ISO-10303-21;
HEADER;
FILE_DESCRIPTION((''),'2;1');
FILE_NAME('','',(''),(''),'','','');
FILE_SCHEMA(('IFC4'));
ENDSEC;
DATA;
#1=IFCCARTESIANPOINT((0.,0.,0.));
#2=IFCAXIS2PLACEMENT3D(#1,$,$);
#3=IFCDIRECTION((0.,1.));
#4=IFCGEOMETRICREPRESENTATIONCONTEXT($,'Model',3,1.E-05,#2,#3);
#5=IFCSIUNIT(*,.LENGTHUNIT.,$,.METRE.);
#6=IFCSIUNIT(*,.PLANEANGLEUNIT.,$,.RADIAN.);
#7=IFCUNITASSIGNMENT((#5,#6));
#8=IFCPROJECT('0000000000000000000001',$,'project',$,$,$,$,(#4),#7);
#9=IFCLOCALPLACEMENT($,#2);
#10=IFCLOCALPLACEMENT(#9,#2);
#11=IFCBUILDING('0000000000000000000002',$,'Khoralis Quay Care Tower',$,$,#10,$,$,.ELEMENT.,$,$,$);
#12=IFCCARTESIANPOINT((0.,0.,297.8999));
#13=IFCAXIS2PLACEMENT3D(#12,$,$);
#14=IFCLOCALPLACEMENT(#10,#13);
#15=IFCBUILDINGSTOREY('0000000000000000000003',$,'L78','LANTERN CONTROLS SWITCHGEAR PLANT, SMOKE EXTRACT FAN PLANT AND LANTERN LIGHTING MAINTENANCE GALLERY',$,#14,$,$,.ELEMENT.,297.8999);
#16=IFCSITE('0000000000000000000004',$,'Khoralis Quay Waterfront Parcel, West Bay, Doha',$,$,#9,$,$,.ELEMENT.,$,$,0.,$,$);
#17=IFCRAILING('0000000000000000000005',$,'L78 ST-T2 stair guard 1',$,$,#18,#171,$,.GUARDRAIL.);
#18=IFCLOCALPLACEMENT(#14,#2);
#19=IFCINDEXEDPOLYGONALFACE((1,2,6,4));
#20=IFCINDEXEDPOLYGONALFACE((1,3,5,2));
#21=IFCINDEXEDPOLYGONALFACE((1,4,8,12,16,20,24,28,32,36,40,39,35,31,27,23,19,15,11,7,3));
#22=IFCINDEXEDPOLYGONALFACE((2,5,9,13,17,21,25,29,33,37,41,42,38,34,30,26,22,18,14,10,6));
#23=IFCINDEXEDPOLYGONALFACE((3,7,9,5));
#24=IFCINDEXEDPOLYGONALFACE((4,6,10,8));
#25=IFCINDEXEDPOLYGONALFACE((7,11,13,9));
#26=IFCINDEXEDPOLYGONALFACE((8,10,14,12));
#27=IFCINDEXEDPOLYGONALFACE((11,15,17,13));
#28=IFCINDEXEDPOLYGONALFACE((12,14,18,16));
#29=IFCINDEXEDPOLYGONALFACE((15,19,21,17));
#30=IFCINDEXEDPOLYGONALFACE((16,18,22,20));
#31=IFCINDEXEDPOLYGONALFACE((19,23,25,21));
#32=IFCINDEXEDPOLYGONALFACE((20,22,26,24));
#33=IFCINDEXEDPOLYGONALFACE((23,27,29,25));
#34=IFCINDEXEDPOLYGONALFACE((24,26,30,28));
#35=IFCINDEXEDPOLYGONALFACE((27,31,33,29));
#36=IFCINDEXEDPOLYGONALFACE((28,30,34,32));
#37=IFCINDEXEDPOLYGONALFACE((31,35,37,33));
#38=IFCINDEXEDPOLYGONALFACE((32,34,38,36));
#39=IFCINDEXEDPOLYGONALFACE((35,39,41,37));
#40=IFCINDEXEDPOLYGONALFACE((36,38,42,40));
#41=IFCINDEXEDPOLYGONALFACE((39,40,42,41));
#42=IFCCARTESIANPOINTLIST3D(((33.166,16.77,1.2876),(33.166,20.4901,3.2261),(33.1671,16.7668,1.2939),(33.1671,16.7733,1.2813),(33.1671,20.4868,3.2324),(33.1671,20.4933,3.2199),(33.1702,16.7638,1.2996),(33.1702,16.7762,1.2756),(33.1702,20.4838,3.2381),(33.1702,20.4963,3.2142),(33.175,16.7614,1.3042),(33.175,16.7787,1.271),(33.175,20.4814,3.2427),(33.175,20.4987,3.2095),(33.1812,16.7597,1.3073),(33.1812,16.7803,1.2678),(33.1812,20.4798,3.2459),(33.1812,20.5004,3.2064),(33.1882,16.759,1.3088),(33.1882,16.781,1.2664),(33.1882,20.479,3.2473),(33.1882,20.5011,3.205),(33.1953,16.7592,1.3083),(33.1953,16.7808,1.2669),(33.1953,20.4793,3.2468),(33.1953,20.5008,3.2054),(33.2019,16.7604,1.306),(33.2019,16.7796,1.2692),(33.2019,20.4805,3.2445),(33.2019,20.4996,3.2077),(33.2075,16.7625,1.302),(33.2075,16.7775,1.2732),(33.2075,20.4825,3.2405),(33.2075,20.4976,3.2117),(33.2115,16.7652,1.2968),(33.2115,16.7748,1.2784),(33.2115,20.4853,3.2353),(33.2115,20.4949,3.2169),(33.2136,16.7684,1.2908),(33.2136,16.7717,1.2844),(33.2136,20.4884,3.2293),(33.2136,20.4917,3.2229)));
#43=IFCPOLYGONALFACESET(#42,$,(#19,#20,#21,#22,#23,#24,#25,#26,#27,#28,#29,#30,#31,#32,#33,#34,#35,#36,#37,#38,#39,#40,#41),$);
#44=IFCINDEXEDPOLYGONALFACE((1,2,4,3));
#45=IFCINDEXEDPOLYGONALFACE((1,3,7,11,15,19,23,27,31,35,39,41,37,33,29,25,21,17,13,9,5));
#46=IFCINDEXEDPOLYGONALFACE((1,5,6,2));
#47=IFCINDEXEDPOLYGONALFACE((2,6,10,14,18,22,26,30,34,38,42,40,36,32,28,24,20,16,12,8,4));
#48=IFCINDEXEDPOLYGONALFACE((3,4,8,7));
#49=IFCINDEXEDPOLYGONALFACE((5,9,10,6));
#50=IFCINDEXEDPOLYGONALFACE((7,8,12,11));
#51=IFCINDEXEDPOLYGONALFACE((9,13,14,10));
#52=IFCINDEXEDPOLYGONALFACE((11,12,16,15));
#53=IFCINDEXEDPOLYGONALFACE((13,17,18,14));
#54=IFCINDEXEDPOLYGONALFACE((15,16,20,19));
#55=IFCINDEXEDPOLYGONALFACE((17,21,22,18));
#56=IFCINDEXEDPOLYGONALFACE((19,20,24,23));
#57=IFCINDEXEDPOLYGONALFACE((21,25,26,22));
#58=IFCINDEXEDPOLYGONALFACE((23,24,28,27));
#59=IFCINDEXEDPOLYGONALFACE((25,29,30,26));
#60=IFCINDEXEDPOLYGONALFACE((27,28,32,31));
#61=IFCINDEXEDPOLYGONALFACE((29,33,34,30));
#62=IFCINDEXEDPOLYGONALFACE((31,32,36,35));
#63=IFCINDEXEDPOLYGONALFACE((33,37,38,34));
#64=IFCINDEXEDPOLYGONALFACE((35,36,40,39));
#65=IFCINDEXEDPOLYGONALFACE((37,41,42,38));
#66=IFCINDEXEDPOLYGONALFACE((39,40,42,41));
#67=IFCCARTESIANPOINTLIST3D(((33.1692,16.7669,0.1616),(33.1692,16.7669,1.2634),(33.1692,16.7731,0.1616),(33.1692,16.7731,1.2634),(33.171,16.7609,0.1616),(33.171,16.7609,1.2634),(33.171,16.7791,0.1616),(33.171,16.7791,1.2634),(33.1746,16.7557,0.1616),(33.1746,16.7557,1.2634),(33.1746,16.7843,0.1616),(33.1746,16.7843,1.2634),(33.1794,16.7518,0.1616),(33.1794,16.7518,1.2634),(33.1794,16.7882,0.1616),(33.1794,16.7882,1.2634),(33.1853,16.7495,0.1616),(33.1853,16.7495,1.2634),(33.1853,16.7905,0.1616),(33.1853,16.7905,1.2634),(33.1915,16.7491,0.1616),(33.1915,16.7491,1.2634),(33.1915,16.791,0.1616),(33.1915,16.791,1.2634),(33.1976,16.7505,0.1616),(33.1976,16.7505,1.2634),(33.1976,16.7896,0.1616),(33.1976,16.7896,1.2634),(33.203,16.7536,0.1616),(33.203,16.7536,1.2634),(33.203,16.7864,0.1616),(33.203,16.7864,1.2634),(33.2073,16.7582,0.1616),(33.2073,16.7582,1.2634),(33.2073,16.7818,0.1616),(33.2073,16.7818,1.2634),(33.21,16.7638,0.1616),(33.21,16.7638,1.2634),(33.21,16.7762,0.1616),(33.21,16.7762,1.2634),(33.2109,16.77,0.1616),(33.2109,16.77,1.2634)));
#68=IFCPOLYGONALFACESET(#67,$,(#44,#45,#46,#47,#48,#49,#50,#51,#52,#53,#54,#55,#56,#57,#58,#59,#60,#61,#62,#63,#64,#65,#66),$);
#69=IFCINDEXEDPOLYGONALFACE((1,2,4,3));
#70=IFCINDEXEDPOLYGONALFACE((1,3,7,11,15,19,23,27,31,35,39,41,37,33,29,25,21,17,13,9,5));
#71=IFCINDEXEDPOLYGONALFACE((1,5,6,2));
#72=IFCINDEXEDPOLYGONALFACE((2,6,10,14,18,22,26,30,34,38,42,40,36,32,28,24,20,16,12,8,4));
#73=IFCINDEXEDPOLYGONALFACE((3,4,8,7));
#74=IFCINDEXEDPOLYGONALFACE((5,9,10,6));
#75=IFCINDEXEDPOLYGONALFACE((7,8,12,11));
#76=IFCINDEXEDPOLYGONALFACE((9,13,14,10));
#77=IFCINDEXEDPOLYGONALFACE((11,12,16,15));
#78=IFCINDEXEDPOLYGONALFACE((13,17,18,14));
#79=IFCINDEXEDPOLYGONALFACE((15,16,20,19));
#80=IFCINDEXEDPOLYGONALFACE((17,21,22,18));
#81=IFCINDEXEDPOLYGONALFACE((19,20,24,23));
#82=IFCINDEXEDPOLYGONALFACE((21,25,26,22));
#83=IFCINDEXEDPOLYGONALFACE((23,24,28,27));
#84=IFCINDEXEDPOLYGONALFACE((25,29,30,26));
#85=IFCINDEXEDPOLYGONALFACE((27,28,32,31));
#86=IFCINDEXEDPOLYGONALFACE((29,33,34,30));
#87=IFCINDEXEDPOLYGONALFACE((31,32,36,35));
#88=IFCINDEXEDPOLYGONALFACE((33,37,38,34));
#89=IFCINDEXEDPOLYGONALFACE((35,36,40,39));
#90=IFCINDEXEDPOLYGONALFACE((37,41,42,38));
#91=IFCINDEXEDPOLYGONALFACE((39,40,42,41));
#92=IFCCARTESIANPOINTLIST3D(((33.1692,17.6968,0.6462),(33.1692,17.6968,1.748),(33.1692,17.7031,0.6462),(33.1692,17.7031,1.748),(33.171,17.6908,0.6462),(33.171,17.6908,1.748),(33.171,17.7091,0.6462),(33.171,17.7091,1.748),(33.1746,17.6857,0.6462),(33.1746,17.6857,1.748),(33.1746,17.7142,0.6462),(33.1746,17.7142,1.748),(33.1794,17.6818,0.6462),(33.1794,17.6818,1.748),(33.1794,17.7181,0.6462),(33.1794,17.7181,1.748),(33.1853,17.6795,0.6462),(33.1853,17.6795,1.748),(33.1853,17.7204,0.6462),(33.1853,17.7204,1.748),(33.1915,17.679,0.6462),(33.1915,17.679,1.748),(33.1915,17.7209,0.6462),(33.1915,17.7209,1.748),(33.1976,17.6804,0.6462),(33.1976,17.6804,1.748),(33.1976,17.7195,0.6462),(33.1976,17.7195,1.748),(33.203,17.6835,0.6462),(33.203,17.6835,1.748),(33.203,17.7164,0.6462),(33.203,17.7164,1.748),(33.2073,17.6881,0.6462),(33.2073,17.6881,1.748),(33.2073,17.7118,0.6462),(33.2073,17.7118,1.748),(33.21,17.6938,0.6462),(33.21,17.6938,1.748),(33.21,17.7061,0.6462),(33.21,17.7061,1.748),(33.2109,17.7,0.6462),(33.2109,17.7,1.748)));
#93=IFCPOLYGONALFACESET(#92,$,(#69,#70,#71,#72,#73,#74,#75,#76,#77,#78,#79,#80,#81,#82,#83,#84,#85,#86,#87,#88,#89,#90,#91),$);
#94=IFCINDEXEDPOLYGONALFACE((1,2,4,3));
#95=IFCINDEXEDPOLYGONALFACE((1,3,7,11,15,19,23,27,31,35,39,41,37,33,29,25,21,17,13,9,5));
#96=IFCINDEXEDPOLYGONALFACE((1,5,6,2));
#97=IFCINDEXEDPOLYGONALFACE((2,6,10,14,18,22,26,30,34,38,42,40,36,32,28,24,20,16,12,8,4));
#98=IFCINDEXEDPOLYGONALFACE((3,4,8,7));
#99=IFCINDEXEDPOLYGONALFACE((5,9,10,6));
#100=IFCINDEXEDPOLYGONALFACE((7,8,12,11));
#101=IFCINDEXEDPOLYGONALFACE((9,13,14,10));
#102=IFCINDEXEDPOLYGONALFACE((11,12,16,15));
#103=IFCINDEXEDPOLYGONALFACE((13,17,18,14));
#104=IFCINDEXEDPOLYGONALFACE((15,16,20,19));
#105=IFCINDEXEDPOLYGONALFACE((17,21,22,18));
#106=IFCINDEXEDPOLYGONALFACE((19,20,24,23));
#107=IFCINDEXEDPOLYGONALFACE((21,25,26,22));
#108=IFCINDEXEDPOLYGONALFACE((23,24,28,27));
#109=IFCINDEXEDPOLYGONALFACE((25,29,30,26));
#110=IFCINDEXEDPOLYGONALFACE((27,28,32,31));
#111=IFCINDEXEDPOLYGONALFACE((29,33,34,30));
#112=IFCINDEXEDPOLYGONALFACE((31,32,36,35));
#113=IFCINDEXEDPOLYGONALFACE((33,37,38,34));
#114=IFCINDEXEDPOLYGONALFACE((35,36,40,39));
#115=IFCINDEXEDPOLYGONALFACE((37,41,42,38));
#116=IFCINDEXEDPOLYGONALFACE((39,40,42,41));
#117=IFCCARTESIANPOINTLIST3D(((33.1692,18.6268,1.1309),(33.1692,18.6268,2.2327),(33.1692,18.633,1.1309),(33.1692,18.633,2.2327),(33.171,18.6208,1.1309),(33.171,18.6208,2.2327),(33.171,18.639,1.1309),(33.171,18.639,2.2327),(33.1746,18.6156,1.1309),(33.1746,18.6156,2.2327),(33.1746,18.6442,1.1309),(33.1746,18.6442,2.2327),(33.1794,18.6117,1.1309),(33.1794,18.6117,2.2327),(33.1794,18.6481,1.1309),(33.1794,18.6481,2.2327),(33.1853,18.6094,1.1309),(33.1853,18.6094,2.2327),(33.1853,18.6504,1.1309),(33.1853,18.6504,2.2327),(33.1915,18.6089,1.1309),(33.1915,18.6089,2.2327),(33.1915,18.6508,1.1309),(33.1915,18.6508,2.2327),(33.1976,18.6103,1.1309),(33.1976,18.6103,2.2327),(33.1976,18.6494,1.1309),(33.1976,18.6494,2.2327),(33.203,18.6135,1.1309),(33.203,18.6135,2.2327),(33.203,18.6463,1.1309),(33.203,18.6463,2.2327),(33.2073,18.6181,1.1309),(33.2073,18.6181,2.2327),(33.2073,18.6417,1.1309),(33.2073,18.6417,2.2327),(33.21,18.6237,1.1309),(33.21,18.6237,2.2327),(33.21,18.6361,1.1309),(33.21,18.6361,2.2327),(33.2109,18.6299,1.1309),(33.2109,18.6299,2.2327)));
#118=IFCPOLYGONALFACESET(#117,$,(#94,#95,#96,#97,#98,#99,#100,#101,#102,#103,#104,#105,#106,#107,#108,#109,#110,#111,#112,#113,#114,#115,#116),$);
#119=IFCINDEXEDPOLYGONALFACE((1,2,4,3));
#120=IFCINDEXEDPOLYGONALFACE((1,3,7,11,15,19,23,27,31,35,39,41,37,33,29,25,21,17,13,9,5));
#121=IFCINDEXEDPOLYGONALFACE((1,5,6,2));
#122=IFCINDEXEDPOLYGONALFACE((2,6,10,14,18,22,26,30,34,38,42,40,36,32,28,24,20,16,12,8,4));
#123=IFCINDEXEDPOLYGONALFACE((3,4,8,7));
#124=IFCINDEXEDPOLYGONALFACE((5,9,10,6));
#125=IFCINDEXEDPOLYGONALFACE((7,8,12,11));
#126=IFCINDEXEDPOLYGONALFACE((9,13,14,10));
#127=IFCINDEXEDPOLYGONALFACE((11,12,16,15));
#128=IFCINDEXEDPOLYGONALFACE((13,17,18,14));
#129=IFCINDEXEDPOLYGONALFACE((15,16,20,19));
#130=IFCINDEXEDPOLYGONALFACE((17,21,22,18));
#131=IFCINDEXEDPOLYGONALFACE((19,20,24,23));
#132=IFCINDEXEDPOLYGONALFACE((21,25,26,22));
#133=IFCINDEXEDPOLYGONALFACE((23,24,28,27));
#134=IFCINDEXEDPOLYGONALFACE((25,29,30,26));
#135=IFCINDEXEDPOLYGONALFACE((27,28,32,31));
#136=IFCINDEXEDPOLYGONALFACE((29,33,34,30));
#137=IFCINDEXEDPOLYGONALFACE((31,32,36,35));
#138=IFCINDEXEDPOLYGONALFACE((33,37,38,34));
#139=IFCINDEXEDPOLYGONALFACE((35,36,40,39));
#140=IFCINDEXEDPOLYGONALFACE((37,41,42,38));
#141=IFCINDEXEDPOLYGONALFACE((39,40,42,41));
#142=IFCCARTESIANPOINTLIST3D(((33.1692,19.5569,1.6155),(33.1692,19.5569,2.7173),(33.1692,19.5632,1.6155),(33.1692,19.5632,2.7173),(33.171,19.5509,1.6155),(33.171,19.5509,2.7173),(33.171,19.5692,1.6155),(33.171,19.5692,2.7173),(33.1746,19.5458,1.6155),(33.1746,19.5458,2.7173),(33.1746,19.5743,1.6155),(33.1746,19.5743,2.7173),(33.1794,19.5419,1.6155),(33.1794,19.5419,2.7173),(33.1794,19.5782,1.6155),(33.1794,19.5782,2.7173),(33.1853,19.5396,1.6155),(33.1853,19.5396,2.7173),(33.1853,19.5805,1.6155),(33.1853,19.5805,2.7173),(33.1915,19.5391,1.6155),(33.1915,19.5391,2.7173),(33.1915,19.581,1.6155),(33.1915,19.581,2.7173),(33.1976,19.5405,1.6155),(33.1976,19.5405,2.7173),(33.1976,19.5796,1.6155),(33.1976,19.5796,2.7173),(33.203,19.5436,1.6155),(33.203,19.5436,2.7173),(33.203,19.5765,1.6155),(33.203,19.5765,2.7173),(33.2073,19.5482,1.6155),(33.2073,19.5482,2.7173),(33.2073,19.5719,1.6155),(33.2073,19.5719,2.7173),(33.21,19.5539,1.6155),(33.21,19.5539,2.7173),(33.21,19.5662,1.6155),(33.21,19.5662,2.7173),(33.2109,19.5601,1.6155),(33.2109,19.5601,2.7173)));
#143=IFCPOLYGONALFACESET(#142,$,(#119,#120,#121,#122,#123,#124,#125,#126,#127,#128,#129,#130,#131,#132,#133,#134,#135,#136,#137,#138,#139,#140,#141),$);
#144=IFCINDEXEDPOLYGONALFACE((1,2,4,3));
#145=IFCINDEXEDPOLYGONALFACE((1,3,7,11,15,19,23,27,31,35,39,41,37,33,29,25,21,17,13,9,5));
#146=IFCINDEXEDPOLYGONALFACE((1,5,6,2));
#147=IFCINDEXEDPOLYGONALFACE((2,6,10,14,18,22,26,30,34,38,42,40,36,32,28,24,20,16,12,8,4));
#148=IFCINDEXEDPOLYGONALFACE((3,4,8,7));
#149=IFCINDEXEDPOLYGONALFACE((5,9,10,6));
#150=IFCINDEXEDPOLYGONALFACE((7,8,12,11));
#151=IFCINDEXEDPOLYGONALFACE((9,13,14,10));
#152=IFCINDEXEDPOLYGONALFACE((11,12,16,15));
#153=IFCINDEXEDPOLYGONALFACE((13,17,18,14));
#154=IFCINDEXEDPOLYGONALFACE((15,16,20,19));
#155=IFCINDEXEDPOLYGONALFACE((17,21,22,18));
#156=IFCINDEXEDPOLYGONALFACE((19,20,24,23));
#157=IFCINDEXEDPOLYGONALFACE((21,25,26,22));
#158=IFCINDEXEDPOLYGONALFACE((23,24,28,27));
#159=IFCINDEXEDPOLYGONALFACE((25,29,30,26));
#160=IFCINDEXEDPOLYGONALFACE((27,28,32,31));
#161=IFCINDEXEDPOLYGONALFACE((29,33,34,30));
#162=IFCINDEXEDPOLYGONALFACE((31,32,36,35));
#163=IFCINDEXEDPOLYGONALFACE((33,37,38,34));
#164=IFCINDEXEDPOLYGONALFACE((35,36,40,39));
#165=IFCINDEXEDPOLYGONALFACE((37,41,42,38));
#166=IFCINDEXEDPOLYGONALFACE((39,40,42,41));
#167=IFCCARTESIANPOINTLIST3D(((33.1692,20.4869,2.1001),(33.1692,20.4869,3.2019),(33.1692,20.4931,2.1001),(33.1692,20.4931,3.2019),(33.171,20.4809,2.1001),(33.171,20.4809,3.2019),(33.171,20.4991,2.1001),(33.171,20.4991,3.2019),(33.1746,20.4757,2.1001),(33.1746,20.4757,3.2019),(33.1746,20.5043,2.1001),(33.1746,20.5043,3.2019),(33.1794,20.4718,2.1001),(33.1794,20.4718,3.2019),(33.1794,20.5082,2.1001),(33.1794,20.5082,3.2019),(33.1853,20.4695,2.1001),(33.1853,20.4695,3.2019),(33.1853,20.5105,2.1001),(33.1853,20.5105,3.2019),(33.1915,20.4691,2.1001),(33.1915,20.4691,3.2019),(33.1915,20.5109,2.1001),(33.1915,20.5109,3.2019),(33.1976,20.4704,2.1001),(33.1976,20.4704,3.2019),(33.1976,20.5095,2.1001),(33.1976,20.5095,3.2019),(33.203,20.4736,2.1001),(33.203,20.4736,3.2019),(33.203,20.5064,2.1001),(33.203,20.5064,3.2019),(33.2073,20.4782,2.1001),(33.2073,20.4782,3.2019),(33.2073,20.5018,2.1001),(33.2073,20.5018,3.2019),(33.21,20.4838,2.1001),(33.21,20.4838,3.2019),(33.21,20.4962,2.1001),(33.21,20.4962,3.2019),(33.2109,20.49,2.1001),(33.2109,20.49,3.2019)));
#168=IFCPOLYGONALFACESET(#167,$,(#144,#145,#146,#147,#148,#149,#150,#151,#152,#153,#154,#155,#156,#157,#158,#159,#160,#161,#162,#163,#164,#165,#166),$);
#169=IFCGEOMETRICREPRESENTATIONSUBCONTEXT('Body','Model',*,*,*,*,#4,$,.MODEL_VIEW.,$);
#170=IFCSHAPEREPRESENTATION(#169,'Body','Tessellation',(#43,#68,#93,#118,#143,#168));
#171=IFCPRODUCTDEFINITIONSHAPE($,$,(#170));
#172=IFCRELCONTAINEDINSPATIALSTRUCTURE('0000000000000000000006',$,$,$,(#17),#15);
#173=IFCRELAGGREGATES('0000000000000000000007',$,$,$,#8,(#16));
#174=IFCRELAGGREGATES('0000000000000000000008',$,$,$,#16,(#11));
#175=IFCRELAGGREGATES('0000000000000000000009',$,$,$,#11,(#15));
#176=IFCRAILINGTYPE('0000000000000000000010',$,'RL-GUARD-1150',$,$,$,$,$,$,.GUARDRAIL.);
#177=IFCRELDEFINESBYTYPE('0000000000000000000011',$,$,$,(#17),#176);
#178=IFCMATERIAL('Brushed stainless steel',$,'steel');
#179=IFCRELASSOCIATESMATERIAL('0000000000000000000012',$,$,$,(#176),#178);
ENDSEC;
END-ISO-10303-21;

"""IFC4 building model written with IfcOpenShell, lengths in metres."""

from ifc_helpers import new_model, si_unit, direction, frame, origin, origin_2d, place, context, subcontext, project, spatial, circle, extrude, material, type_object, element, save


model = new_model("IFC4")

# Units and contexts
model_context = context("Model", 3, precision=1e-05, world=origin(), true_north=direction((0.0, 1.0)))
body_context = subcontext(model_context, "Body", "Model", "MODEL_VIEW")
ifc_project = project(units=[si_unit("LENGTHUNIT", "METRE"), si_unit("PLANEANGLEUNIT", "RADIAN")], contexts=[model_context])

# Site, building, storey
site_placement = place(None, origin())
site = spatial("IfcSite", under=ifc_project, at=site_placement, Name="Khoralis Quay Waterfront Parcel, West Bay, Doha", CompositionType="ELEMENT", RefElevation=0.0)
building_placement = place(site_placement, origin())
building = spatial("IfcBuilding", under=site, at=building_placement, Name="Khoralis Quay Care Tower", CompositionType="ELEMENT")
storey_placement = place(building_placement, frame((0.0, 0.0, 297.8999)))
storey = spatial("IfcBuildingStorey", under=building, at=storey_placement, Name="L78", Description="LANTERN CONTROLS SWITCHGEAR PLANT, SMOKE EXTRACT FAN PLANT AND LANTERN LIGHTING MAINTENANCE GALLERY", CompositionType="ELEMENT", Elevation=297.8999)

# Shared definitions
ifc_material_1 = material(Name="Brushed stainless steel", Category="steel")

# Railing
railing_type_1 = type_object("IfcRailingType", Name="RL-GUARD-1150", PredefinedType="GUARDRAIL", material=ifc_material_1)
railing_1_placement = place(storey_placement, frame((33.1899, 16.77, 0.1616)))
element("IfcRailing", 1, at=railing_1_placement, inside=storey, type_object=railing_type_1, Name="L78 ST-T2 stair guard 1", PredefinedType="GUARDRAIL", context=body_context, shape_type="SweptSolid", body=[
    extrude(circle(Radius=0.0239, at=origin_2d()), frame((0.0, 0.0, 1.126), z_axis=(0.0, 0.886817, 0.46212), x_axis=(-1.0, 0.0, 0.0)), (0.0, 0.0, 1.0), 4.1948),
    extrude(circle(Radius=0.021, at=origin_2d()), origin(), (0.0, 0.0, 1.0), 1.1018),
    extrude(circle(Radius=0.021, at=origin_2d()), frame((0.0, 0.9299, 0.4846)), (0.0, 0.0, 1.0), 1.1018),
    extrude(circle(Radius=0.021, at=origin_2d()), frame((0.0, 1.8599, 0.9692)), (0.0, 0.0, 1.0), 1.1018),
    extrude(circle(Radius=0.021, at=origin_2d()), frame((0.0, 2.79, 1.4539)), (0.0, 0.0, 1.0), 1.1018),
    extrude(circle(Radius=0.021, at=origin_2d()), frame((0.0, 3.72, 1.9385)), (0.0, 0.0, 1.0), 1.1018),
])

save(model, "model.ifc")
